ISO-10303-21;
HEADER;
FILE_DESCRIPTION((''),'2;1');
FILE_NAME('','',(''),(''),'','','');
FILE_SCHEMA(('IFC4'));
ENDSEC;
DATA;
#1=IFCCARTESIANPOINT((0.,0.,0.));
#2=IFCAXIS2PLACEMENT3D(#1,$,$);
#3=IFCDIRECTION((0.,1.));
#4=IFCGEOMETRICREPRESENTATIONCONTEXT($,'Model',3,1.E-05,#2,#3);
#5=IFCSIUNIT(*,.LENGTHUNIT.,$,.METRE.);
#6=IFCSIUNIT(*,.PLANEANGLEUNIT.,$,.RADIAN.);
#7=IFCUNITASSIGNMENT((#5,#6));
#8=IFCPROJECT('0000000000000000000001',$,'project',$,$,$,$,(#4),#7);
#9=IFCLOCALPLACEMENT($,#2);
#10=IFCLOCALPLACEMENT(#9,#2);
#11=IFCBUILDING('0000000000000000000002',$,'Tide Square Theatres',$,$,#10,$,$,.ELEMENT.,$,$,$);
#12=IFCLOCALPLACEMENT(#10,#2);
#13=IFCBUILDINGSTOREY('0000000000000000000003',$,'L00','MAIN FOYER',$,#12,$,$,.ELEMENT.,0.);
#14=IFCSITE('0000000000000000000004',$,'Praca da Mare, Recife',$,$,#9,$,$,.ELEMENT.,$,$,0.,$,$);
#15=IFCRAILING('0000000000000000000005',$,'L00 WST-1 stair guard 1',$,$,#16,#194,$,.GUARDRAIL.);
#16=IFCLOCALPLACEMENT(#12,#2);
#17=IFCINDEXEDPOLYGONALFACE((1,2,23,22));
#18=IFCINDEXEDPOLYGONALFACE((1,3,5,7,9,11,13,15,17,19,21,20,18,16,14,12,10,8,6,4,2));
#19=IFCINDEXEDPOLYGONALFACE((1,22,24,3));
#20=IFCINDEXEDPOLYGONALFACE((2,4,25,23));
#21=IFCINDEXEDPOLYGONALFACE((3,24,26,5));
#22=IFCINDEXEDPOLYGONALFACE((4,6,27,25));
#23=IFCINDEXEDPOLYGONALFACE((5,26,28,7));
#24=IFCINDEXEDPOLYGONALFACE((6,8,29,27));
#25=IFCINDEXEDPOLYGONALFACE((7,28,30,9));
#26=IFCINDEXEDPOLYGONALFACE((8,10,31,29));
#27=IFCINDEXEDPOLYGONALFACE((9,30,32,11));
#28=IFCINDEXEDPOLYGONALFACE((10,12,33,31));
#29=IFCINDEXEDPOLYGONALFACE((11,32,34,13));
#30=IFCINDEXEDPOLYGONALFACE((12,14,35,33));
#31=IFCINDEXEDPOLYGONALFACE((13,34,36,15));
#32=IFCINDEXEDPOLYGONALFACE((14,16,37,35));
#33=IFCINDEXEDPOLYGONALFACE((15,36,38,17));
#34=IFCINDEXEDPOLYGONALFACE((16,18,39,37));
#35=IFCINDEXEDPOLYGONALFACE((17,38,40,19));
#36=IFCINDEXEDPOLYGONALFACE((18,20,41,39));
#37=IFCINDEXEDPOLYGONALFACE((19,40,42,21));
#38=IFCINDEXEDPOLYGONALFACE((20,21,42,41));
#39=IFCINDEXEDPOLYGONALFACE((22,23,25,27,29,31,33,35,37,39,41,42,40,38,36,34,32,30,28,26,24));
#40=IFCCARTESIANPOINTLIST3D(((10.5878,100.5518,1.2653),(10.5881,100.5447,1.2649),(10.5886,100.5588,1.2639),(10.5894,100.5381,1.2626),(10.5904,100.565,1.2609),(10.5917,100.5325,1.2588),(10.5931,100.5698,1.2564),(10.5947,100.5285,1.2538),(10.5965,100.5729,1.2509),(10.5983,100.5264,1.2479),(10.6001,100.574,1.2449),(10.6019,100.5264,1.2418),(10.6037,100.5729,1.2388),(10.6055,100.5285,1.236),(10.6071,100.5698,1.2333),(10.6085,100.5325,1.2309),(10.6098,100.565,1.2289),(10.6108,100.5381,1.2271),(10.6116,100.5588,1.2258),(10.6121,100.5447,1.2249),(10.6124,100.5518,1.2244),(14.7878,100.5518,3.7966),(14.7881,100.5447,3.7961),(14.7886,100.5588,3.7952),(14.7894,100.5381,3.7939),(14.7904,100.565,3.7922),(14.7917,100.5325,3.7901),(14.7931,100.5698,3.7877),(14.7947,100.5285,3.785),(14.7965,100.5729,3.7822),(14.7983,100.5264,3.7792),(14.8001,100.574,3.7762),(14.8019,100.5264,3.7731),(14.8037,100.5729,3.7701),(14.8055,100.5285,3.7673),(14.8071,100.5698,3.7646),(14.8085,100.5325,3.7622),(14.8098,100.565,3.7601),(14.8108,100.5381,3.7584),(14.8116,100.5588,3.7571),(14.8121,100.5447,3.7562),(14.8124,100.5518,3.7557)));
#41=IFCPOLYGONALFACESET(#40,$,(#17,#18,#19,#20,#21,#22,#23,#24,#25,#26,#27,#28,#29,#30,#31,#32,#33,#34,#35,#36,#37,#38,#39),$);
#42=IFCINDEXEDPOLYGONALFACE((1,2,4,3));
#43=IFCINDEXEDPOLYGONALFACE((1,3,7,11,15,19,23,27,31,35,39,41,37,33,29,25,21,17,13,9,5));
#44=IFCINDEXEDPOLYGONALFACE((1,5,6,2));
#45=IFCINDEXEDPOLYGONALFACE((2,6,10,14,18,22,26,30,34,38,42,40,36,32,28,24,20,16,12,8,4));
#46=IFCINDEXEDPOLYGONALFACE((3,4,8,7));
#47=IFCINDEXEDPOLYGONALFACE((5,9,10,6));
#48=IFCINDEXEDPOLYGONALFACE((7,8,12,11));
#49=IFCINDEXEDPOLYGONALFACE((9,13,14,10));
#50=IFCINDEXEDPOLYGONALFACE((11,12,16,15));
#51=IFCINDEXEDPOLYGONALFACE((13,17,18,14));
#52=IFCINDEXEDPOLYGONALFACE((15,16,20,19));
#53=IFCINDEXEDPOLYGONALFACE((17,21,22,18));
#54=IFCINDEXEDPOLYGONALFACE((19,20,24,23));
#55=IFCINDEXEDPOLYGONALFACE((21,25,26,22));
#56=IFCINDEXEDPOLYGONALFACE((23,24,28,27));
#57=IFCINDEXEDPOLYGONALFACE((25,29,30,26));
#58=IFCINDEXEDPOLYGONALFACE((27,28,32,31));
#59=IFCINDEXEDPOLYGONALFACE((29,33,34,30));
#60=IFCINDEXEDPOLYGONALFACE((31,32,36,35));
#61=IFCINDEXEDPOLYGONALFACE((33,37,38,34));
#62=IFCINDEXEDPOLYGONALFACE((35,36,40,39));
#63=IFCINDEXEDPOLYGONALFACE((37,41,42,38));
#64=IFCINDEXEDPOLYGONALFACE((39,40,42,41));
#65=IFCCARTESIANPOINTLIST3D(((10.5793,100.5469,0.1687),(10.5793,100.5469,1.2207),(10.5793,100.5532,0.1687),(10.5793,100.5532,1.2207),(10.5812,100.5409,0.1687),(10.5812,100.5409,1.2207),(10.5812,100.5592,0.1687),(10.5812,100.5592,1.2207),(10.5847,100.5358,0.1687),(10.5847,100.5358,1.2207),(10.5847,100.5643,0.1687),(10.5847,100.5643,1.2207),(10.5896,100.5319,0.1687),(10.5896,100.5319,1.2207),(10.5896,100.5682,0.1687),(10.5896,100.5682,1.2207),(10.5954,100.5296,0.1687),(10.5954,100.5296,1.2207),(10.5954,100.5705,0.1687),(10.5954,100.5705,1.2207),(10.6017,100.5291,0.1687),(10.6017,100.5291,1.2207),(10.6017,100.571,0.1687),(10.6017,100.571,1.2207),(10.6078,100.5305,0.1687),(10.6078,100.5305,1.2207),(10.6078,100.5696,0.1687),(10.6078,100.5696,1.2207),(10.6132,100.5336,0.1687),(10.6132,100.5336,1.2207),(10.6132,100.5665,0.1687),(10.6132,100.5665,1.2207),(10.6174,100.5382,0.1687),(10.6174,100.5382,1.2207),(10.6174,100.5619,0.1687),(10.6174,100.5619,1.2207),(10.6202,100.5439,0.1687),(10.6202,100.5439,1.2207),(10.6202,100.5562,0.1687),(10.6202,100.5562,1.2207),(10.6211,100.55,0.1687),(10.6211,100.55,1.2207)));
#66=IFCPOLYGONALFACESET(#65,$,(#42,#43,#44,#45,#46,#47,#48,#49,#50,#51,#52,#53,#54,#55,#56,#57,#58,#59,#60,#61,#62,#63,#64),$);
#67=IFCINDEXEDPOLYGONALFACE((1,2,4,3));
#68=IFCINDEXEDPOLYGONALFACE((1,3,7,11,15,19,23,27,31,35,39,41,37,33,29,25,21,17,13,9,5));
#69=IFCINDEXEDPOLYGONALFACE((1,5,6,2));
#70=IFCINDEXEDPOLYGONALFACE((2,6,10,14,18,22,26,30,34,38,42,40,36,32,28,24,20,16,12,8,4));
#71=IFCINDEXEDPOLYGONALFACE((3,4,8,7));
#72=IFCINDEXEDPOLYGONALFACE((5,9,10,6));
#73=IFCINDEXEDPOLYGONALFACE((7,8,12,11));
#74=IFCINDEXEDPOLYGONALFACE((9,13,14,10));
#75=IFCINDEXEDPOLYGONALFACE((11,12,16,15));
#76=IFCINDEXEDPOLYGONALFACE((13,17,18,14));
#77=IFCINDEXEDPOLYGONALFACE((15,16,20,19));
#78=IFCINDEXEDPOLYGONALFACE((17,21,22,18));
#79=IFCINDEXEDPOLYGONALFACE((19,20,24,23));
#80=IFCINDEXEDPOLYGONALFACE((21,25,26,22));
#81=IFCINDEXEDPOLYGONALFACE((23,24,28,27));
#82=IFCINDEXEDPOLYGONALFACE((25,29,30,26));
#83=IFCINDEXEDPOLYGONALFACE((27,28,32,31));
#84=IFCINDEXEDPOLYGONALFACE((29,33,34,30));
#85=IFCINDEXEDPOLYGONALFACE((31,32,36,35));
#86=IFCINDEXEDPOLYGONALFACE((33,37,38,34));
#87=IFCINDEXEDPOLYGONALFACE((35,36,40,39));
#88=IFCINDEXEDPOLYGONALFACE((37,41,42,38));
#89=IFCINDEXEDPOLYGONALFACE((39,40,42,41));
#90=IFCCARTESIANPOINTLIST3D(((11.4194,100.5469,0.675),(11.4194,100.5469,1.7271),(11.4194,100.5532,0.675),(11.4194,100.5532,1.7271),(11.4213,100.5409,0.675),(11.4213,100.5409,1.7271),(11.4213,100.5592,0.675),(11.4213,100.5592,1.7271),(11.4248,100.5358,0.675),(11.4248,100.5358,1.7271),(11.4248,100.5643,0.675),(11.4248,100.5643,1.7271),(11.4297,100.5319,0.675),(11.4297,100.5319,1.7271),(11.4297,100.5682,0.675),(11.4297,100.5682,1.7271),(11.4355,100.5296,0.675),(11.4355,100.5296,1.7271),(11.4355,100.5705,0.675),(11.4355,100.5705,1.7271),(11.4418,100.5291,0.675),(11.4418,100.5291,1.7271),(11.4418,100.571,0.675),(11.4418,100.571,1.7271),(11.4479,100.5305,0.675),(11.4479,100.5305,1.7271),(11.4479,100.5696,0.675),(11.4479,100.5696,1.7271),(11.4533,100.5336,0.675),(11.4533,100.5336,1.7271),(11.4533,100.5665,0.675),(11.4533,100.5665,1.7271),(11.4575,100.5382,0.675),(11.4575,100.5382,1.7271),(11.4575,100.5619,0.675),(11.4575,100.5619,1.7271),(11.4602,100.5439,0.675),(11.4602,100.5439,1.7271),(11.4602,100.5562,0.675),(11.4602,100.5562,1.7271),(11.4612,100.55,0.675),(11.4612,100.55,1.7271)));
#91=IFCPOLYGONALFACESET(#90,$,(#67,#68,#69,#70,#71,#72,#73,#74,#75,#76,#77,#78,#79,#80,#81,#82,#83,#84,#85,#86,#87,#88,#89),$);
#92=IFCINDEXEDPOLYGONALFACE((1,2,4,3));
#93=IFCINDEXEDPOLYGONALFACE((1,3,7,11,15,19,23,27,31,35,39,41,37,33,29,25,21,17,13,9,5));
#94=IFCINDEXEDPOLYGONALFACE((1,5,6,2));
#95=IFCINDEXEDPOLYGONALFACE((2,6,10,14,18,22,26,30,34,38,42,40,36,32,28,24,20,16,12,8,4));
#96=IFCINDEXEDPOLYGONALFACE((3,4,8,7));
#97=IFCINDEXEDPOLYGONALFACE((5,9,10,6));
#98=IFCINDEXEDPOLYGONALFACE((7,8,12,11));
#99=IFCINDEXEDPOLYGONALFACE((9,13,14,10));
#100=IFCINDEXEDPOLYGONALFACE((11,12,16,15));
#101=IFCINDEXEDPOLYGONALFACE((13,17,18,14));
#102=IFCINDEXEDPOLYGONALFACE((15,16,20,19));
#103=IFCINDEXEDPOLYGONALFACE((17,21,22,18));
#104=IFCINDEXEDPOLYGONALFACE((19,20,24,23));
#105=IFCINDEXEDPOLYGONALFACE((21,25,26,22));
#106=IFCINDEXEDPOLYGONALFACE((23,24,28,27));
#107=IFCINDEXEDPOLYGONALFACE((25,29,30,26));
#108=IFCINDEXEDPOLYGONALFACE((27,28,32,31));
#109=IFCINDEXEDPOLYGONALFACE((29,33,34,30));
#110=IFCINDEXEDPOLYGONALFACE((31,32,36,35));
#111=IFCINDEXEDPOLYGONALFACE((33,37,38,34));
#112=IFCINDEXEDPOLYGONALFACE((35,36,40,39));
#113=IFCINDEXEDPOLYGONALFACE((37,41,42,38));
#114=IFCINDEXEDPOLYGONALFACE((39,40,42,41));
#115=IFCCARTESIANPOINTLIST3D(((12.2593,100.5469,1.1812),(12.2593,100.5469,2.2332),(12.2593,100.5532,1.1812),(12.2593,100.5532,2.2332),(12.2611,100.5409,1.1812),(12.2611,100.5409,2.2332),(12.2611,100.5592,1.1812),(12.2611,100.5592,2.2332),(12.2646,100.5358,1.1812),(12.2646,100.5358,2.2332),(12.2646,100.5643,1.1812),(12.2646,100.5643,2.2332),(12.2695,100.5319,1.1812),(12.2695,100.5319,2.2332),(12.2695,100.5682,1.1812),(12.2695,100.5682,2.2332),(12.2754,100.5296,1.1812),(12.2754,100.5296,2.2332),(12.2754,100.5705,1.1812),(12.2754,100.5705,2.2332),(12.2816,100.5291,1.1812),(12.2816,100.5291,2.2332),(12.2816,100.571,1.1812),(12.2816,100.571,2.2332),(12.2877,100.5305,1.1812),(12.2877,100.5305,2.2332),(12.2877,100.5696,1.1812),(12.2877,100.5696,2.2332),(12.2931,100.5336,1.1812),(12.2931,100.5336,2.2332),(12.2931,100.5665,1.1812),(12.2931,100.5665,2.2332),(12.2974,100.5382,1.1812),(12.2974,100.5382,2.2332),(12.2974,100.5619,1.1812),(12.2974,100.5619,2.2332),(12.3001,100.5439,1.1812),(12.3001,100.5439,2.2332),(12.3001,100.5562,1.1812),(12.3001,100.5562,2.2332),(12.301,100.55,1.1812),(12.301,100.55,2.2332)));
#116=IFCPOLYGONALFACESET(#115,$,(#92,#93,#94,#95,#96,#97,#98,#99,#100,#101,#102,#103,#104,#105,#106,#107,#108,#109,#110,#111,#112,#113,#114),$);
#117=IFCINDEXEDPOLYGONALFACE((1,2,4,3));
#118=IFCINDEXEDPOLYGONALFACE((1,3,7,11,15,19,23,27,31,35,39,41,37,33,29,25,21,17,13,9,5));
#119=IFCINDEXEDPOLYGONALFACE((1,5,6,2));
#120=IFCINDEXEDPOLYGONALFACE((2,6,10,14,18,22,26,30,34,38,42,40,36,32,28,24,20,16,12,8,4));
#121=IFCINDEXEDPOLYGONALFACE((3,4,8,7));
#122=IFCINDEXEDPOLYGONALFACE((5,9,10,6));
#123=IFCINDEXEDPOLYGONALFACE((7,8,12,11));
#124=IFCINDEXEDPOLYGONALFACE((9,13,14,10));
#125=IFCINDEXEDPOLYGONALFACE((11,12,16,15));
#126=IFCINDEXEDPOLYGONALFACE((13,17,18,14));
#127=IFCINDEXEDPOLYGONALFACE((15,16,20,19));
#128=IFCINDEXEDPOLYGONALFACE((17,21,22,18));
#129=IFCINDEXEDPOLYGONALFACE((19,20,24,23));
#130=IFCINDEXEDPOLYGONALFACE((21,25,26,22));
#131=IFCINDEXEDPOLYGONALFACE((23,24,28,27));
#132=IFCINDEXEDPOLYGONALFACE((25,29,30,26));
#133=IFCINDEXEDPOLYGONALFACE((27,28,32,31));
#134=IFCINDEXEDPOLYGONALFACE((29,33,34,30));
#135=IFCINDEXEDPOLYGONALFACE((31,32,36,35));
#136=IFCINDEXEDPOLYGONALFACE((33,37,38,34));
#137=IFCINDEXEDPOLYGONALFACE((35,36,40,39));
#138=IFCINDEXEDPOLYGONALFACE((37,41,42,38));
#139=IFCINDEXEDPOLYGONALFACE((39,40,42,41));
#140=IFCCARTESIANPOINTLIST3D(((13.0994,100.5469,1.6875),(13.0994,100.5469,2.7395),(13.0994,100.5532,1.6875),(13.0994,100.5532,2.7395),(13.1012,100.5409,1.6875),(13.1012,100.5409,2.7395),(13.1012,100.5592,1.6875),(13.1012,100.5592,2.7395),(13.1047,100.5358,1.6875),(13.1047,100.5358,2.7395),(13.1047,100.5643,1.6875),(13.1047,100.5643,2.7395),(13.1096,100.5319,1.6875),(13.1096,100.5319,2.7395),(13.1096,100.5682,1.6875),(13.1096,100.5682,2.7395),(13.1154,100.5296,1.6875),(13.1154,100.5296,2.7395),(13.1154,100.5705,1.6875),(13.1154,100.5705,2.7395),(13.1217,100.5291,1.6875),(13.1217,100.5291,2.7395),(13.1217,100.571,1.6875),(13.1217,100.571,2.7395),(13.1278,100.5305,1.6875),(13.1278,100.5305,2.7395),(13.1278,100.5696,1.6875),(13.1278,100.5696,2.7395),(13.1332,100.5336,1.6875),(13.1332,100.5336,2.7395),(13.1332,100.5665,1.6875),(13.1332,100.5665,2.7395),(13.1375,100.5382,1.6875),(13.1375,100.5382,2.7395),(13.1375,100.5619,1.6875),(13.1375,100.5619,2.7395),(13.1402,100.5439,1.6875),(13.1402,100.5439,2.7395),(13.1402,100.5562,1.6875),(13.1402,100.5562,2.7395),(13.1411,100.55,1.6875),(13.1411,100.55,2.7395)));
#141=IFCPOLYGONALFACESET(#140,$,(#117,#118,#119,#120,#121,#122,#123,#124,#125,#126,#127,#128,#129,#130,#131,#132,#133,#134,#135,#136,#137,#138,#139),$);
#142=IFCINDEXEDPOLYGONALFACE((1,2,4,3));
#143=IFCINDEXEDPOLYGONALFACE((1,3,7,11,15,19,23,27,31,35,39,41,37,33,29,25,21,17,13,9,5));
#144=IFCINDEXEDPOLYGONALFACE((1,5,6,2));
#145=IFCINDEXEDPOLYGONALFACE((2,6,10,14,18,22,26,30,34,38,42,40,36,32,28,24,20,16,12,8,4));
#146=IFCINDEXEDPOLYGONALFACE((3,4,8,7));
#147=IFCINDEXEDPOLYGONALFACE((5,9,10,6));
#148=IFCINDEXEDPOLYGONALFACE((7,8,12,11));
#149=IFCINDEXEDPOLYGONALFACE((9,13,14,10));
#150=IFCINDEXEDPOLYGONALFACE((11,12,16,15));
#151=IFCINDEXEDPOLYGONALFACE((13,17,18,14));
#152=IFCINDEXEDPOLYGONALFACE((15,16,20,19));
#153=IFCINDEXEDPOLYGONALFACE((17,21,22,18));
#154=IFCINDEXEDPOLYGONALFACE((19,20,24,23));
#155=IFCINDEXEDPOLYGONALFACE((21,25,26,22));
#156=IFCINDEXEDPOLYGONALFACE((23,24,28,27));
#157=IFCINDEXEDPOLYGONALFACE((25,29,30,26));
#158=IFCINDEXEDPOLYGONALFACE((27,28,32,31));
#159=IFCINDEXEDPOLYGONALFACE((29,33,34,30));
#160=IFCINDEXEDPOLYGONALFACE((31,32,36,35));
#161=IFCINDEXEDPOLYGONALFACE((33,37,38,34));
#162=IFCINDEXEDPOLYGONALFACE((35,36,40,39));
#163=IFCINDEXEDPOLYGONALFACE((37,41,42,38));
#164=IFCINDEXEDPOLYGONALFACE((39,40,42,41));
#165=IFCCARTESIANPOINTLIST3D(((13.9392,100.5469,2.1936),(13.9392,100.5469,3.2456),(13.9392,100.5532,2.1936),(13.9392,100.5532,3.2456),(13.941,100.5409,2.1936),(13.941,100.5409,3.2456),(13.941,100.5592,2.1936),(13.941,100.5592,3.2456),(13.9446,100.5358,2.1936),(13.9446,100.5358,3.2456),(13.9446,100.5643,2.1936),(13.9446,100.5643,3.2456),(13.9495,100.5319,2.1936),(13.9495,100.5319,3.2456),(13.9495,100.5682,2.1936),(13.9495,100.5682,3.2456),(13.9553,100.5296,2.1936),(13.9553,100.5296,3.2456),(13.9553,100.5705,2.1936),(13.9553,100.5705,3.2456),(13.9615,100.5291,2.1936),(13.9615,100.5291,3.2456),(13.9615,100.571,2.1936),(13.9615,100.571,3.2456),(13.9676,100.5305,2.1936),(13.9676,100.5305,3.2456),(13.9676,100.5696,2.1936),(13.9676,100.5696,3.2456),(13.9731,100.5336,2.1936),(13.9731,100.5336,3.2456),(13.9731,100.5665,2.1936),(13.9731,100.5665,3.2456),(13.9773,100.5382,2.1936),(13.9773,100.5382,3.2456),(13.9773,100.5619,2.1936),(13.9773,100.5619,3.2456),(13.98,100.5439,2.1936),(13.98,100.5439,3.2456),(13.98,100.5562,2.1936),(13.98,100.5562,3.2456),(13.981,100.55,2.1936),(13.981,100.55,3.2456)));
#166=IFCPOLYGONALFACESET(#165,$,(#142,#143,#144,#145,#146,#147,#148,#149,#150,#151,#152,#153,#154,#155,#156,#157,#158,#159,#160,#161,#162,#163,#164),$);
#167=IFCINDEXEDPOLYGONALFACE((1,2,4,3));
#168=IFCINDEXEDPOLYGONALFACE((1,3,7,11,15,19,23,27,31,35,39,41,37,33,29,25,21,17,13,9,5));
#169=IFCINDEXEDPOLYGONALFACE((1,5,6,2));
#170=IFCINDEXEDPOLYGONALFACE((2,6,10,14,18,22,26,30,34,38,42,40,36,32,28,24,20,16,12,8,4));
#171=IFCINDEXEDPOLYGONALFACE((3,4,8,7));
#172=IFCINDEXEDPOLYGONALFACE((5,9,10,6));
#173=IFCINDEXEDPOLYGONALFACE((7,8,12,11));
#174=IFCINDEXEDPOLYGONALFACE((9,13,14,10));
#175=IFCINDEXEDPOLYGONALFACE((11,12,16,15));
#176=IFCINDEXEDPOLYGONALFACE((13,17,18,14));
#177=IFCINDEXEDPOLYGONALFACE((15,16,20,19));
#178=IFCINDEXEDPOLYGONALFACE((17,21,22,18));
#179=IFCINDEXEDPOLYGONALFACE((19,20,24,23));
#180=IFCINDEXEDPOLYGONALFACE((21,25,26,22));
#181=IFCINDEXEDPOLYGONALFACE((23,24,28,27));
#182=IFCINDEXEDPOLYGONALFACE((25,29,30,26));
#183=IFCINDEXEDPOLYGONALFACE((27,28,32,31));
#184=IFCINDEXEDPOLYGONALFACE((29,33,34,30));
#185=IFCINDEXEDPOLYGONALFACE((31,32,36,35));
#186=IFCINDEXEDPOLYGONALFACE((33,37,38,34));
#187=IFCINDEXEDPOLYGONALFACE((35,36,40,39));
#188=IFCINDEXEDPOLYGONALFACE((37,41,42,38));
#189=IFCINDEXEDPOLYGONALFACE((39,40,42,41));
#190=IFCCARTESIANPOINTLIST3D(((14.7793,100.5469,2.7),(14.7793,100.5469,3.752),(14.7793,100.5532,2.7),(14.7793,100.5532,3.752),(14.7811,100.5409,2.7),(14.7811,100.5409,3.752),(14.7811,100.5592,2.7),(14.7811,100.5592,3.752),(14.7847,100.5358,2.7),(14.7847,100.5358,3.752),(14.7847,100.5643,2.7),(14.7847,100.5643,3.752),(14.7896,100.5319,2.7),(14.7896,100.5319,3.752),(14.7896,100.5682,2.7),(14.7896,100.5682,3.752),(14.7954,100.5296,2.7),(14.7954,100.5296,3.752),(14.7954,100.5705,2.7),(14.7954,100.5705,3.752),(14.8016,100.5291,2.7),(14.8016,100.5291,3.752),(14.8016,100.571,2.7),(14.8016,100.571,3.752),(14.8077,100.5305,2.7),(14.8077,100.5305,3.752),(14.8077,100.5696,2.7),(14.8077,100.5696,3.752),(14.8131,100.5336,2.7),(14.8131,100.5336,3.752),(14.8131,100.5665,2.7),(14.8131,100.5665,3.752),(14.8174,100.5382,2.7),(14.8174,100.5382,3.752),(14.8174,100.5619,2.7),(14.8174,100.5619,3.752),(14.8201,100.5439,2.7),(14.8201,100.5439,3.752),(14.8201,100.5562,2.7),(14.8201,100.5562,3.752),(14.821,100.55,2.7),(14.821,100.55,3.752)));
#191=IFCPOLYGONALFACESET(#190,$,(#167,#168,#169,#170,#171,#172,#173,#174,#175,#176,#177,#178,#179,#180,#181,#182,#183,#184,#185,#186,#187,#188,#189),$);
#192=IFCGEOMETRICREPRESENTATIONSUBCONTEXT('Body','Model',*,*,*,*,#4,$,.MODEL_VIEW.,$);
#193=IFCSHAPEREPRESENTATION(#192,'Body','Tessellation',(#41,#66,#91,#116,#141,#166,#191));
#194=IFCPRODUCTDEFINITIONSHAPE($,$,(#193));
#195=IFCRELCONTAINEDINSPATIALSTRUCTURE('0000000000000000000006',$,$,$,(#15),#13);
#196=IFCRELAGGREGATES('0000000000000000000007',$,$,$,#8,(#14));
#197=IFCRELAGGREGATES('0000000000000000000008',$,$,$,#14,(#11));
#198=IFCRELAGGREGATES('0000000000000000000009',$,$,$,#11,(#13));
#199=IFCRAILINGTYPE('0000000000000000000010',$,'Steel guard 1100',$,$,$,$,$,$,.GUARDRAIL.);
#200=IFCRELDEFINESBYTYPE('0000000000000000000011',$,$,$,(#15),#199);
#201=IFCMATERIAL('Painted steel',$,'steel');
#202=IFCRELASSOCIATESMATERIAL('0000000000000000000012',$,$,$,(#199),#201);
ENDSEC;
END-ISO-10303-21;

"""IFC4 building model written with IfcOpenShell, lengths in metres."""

from ifc_helpers import new_model, si_unit, direction, frame, origin, origin_2d, place, context, subcontext, project, spatial, circle, extrude, material, type_object, element, save


model = new_model("IFC4")

# Units and contexts
model_context = context("Model", 3, precision=1e-05, world=origin(), true_north=direction((0.0, 1.0)))
body_context = subcontext(model_context, "Body", "Model", "MODEL_VIEW")
ifc_project = project(units=[si_unit("LENGTHUNIT", "METRE"), si_unit("PLANEANGLEUNIT", "RADIAN")], contexts=[model_context])

# Site, building, storey
site_placement = place(None, origin())
site = spatial("IfcSite", under=ifc_project, at=site_placement, Name="Praca da Mare, Recife", CompositionType="ELEMENT", RefElevation=0.0)
building_placement = place(site_placement, origin())
building = spatial("IfcBuilding", under=site, at=building_placement, Name="Tide Square Theatres", CompositionType="ELEMENT")
storey_placement = place(building_placement, origin())
storey = spatial("IfcBuildingStorey", under=building, at=storey_placement, Name="L00", Description="MAIN FOYER", CompositionType="ELEMENT", Elevation=0.0)

# Railing
ifc_material_1 = material(Name="Painted steel", Category="steel")
railing_type_1 = type_object("IfcRailingType", Name="Steel guard 1100", PredefinedType="GUARDRAIL", material=ifc_material_1)
railing_1_placement = place(storey_placement, frame((10.6001, 100.55, 0.1687)))
element("IfcRailing", 1, at=railing_1_placement, inside=storey, type_object=railing_type_1, Name="L00 WST-1 stair guard 1", PredefinedType="GUARDRAIL", context=body_context, shape_type="SweptSolid", body=[
    extrude(circle(Radius=0.0239, at=origin_2d()), frame((0.0, 0.0, 1.0762), z_axis=(0.856476, 0.0, 0.516186), x_axis=(0.0, 1.0, 0.0)), (0.0, 0.0, 1.0), 4.9038),
    extrude(circle(Radius=0.021, at=origin_2d()), origin(), (0.0, 0.0, 1.0), 1.052),
    extrude(circle(Radius=0.021, at=origin_2d()), frame((0.8401, 0.0, 0.5063)), (0.0, 0.0, 1.0), 1.052),
    extrude(circle(Radius=0.021, at=origin_2d()), frame((1.6799, 0.0, 1.0125)), (0.0, 0.0, 1.0), 1.052),
    extrude(circle(Radius=0.021, at=origin_2d()), frame((2.52, 0.0, 1.5188)), (0.0, 0.0, 1.0), 1.052),
    extrude(circle(Radius=0.021, at=origin_2d()), frame((3.3599, 0.0, 2.0249)), (0.0, 0.0, 1.0), 1.052),
    extrude(circle(Radius=0.021, at=origin_2d()), frame((4.2, 0.0, 2.5312)), (0.0, 0.0, 1.0), 1.052),
])

save(model, "model.ifc")
